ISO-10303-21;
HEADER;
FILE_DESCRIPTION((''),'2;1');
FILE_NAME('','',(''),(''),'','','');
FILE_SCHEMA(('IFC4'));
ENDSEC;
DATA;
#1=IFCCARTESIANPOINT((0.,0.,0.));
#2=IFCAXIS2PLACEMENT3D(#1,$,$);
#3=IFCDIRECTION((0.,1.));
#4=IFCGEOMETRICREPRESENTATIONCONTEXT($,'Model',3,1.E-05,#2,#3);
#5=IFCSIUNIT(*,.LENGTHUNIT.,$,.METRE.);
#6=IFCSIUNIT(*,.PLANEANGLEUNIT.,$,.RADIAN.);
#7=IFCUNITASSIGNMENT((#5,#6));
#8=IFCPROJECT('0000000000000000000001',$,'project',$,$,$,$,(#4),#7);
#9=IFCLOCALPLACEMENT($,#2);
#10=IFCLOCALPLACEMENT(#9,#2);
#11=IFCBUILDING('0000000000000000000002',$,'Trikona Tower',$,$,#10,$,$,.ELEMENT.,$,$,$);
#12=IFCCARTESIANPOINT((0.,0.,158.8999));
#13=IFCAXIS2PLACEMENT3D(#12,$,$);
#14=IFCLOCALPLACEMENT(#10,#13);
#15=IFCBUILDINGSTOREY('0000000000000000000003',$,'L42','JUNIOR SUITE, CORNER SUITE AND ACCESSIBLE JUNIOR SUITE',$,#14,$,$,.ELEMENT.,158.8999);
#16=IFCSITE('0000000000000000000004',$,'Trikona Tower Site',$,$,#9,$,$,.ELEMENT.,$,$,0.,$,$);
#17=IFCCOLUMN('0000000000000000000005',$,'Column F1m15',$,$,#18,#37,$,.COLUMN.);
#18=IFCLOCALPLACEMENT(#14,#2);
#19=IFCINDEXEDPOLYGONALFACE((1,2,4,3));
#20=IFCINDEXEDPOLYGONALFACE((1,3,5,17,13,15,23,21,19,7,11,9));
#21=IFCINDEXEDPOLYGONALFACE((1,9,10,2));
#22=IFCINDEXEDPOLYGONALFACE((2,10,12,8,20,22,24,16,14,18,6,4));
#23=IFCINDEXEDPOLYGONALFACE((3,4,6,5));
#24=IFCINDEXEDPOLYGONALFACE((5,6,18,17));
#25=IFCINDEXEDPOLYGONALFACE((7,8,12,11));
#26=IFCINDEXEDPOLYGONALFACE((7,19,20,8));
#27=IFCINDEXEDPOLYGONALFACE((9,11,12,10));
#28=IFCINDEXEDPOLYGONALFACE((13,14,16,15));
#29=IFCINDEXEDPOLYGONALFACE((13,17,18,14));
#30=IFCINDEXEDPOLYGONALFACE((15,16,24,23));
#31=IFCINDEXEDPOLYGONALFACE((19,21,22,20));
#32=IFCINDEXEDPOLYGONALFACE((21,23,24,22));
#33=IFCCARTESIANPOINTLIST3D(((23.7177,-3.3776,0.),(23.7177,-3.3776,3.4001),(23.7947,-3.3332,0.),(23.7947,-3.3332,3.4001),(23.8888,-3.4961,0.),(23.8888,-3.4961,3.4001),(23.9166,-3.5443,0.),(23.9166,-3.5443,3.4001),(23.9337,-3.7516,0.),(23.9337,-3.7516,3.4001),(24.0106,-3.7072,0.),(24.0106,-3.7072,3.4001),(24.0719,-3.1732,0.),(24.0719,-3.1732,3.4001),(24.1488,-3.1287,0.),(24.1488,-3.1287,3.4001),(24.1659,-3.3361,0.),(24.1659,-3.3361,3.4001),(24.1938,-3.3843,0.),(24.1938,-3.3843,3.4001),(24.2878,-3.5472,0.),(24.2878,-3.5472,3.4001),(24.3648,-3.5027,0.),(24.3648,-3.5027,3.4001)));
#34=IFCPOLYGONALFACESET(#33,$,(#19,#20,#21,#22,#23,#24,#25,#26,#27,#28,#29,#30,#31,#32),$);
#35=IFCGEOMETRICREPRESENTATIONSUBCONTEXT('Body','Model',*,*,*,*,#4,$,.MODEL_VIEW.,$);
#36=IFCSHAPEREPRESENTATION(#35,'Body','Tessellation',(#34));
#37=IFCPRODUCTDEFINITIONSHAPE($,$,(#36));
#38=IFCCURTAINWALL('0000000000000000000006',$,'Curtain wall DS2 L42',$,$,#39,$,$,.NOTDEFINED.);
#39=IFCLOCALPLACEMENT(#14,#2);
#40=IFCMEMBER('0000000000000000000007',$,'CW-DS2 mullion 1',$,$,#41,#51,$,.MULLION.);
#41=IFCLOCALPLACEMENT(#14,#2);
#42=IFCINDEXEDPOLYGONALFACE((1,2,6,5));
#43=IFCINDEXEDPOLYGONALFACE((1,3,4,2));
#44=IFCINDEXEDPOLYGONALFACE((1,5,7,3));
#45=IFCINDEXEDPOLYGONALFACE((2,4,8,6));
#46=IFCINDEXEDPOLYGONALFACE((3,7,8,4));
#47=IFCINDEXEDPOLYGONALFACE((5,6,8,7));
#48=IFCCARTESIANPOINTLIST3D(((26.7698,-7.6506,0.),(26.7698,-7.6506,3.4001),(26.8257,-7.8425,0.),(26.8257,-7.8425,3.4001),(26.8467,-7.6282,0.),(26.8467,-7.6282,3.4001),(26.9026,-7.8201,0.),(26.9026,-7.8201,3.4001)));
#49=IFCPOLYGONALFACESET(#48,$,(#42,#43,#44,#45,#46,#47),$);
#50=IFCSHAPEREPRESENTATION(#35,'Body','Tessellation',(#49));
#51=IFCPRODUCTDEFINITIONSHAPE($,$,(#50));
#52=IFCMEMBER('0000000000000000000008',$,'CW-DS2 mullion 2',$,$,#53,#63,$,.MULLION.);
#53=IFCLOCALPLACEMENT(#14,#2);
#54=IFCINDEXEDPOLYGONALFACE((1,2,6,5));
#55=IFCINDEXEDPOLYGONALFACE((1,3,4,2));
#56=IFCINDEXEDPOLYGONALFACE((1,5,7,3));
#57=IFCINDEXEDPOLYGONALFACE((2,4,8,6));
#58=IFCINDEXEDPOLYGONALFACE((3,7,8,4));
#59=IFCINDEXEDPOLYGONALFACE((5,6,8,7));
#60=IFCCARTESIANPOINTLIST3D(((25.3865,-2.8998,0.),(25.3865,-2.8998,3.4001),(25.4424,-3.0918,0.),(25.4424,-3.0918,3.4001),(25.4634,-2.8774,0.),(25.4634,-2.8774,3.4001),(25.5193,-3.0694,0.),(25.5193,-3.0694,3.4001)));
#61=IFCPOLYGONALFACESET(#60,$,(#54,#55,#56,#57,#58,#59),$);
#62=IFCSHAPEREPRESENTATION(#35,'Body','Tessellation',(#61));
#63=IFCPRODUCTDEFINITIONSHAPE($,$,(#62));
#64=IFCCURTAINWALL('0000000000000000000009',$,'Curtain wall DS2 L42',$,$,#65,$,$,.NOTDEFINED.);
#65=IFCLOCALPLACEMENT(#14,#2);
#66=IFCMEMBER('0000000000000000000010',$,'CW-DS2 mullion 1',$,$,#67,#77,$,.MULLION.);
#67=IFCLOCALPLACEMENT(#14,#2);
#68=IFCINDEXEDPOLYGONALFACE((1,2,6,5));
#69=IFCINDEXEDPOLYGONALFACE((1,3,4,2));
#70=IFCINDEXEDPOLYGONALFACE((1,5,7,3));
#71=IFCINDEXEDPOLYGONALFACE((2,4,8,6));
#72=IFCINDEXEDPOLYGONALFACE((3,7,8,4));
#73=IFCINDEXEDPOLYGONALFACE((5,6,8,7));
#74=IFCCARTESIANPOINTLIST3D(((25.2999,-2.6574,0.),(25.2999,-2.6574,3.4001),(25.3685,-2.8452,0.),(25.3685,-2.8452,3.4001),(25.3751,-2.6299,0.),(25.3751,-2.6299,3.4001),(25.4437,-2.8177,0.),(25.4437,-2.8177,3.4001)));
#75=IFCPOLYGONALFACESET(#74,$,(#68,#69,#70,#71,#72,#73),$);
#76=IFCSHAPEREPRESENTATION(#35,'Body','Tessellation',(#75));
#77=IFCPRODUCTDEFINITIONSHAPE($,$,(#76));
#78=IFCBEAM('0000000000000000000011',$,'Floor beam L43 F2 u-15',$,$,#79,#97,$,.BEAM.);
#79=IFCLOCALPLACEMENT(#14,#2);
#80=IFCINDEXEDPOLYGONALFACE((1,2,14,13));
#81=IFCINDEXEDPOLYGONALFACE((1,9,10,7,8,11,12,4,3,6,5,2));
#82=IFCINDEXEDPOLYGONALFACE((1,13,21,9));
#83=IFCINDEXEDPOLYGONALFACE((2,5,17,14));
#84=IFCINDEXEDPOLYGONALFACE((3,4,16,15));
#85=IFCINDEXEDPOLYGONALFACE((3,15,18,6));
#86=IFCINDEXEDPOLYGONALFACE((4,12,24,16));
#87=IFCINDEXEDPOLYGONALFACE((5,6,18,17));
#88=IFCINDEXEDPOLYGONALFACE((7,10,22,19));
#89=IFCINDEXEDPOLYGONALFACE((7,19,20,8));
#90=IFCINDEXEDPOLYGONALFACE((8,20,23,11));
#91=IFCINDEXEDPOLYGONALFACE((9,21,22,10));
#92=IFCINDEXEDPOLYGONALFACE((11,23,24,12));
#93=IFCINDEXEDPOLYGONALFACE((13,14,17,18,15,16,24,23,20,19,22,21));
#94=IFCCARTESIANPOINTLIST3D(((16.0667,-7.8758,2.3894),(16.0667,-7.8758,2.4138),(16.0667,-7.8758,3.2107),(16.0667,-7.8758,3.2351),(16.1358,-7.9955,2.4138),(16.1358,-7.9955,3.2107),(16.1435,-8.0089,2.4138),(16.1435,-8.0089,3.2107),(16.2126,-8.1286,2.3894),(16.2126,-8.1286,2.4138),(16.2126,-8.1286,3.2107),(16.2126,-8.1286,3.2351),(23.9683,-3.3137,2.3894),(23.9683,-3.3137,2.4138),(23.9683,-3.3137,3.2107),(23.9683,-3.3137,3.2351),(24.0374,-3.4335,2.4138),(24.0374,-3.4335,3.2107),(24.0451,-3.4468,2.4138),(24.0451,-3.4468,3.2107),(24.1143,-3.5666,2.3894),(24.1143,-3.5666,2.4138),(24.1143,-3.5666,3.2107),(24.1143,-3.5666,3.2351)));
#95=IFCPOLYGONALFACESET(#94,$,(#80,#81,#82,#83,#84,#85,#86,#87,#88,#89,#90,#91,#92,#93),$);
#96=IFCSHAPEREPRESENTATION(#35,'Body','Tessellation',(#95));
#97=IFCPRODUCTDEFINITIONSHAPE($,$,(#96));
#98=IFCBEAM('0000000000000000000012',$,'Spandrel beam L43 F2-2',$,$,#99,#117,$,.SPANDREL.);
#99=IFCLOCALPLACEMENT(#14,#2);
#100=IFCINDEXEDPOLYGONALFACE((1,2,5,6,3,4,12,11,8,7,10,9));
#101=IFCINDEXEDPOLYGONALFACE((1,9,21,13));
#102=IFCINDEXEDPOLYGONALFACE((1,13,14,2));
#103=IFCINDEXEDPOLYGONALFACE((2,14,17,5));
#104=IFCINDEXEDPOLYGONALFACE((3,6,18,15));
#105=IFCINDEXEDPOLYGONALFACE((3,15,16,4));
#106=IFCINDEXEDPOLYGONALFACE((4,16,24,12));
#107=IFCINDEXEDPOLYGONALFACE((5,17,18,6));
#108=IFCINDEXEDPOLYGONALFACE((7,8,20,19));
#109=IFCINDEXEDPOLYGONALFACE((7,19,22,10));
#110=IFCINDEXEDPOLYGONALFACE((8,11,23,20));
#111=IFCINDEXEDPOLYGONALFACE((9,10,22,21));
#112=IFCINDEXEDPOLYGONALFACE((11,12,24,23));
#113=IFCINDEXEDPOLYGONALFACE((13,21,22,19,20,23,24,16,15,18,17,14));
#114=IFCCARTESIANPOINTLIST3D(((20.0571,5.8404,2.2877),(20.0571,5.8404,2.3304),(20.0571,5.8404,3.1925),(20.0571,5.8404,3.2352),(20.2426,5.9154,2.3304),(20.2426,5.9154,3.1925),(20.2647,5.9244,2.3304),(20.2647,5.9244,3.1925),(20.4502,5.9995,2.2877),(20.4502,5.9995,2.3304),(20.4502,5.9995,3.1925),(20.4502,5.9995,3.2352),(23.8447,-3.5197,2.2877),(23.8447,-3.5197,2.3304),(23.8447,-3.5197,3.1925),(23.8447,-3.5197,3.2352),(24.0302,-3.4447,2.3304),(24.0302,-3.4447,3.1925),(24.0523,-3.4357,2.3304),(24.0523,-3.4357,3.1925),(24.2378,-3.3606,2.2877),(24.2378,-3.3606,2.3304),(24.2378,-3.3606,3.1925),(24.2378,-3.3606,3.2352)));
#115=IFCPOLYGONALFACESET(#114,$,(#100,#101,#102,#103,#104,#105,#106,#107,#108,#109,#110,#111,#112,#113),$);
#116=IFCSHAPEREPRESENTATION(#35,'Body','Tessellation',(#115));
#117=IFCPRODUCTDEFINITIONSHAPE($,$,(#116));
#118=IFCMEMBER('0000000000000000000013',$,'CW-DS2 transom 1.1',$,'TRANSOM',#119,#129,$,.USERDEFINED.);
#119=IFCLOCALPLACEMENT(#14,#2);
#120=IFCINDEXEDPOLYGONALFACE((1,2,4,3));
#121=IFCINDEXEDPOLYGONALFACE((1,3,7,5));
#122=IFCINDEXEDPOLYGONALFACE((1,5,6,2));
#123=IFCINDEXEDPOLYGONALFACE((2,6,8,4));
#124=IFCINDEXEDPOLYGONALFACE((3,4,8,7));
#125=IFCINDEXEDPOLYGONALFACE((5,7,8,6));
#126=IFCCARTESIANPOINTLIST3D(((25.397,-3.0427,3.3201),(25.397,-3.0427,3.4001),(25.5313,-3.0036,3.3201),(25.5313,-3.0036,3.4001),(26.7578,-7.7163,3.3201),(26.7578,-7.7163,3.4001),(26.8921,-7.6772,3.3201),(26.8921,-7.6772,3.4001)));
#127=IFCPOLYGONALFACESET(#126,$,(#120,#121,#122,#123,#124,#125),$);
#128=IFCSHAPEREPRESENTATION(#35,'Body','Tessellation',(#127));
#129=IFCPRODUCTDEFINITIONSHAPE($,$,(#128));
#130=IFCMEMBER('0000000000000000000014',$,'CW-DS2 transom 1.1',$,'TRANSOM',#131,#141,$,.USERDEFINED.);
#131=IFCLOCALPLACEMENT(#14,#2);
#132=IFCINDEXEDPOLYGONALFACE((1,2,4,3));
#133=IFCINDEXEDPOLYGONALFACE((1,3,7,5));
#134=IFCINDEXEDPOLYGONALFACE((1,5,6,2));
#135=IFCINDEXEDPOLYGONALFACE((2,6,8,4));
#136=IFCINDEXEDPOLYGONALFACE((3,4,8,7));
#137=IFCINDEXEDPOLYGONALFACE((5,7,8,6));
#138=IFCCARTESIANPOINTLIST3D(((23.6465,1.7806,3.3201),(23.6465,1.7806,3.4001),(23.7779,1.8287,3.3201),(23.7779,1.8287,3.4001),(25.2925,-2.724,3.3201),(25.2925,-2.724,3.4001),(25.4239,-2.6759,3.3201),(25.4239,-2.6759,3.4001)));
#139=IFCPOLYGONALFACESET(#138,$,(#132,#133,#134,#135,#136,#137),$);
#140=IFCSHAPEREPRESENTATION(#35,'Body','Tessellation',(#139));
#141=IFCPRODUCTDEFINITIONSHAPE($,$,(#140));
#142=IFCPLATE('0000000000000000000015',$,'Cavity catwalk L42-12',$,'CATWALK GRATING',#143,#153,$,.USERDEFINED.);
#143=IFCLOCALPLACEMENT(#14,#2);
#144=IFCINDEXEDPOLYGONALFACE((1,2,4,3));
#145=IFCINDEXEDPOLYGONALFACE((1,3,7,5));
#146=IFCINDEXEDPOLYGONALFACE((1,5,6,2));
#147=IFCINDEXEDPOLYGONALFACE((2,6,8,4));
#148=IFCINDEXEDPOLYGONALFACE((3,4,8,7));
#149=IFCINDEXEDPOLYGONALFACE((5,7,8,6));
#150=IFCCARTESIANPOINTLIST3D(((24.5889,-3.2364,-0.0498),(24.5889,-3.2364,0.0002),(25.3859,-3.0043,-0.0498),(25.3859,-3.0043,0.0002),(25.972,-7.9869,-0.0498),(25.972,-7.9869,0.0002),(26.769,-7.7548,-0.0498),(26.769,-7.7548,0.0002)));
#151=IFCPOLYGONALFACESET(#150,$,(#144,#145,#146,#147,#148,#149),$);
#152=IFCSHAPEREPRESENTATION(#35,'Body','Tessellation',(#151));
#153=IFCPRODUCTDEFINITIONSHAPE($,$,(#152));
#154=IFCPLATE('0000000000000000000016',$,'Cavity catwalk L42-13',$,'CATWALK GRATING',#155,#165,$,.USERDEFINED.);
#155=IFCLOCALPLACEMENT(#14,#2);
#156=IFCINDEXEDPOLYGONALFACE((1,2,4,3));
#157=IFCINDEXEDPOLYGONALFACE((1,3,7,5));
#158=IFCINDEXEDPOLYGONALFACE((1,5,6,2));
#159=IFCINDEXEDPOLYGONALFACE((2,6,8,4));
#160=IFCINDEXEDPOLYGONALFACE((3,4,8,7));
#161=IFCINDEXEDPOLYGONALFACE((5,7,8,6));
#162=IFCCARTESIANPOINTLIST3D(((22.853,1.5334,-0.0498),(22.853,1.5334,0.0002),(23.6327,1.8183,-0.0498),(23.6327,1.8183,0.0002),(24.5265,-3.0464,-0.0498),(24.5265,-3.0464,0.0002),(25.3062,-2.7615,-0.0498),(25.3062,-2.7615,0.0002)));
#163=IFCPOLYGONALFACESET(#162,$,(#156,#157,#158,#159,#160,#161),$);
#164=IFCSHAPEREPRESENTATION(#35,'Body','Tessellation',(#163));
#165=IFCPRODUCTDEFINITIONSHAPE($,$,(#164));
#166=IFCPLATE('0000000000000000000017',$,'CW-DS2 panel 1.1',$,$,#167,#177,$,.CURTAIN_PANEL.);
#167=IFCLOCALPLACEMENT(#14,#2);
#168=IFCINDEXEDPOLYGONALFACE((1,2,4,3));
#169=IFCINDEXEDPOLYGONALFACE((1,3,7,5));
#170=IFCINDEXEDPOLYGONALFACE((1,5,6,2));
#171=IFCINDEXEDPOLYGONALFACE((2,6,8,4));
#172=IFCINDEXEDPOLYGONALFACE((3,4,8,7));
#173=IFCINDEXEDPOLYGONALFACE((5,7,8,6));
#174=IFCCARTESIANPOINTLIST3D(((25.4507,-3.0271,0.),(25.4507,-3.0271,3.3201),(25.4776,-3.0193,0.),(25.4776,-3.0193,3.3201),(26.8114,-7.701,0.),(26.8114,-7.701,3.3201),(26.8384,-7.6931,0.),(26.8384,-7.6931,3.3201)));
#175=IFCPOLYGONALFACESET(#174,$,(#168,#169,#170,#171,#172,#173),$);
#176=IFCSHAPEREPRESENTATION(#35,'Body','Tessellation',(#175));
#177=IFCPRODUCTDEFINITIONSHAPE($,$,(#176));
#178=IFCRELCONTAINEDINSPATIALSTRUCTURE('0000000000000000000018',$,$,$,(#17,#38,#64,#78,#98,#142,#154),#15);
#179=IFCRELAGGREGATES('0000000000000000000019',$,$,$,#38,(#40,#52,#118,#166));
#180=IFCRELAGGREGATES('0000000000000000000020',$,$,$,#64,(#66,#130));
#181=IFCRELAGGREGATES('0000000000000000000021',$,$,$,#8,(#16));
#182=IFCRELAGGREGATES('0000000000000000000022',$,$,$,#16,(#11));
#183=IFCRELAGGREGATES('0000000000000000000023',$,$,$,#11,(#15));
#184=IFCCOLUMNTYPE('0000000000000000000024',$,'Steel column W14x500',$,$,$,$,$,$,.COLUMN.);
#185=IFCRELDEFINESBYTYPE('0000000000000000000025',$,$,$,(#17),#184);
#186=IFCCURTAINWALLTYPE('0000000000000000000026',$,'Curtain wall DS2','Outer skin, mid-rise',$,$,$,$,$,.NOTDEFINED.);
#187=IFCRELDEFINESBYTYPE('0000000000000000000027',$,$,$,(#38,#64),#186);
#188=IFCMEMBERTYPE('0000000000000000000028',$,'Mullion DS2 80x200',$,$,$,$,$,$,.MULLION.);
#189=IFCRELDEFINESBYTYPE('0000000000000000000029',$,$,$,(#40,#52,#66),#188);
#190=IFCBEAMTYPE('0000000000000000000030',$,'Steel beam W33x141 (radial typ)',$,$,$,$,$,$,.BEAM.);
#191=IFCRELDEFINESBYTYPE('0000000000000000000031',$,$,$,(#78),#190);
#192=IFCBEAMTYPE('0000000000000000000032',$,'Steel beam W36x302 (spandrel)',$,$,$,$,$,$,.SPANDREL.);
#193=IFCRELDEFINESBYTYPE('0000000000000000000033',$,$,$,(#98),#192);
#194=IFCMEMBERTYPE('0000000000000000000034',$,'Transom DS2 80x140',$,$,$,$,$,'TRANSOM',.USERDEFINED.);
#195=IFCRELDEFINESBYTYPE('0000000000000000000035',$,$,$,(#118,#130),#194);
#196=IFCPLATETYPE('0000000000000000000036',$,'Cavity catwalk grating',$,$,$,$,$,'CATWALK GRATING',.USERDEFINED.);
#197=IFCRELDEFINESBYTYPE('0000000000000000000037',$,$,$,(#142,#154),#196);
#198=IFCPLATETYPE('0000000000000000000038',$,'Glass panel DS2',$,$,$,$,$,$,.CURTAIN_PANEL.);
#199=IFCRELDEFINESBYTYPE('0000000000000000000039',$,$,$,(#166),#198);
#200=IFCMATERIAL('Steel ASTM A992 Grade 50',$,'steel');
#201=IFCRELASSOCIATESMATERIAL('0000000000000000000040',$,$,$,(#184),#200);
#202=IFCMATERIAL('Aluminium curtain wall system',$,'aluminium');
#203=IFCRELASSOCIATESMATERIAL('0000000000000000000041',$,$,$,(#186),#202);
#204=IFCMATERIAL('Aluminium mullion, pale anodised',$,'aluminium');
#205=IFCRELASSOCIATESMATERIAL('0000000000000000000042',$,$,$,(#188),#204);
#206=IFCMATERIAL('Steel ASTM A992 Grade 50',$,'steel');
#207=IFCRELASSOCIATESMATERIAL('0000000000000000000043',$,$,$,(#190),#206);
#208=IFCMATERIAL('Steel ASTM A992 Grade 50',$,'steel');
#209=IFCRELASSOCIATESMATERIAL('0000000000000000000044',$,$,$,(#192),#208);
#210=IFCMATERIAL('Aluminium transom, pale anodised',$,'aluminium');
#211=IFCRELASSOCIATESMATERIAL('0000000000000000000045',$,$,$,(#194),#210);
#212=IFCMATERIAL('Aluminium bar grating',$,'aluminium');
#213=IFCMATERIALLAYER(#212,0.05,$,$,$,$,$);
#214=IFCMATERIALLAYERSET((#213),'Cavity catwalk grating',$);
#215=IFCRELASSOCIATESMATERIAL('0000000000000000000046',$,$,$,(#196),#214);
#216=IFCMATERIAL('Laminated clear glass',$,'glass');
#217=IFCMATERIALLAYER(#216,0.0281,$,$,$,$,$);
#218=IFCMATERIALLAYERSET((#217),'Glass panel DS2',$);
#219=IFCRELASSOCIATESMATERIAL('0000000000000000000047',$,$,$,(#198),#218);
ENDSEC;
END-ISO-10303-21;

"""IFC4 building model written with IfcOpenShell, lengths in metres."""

from ifc_helpers import new_model, si_unit, direction, frame, origin, origin_2d, place, context, subcontext, project, spatial, rectangle, i_section, extrude, material, layer, layer_set, material_profile, profile_set, type_object, element, aggregate, save


model = new_model("IFC4")

# Units and contexts
model_context = context("Model", 3, precision=1e-05, world=origin(), true_north=direction((0.0, 1.0)))
body_context = subcontext(model_context, "Body", "Model", "MODEL_VIEW")
ifc_project = project(units=[si_unit("LENGTHUNIT", "METRE"), si_unit("PLANEANGLEUNIT", "RADIAN")], contexts=[model_context])

# Site, building, storey
site_placement = place(None, origin())
site = spatial("IfcSite", under=ifc_project, at=site_placement, Name="Trikona Tower Site", CompositionType="ELEMENT", RefElevation=0.0)
building_placement = place(site_placement, origin())
building = spatial("IfcBuilding", under=site, at=building_placement, Name="Trikona Tower", CompositionType="ELEMENT")
storey_placement = place(building_placement, frame((0.0, 0.0, 158.8999)))
storey = spatial("IfcBuildingStorey", under=building, at=storey_placement, Name="L42", Description="JUNIOR SUITE, CORNER SUITE AND ACCESSIBLE JUNIOR SUITE", CompositionType="ELEMENT", Elevation=158.8999)

# Column
ifc_material_1 = material(Name="Steel ASTM A992 Grade 50", Category="steel")
ifc_material_profile_1 = material_profile(ifc_material_1, i_section(OverallWidth=0.4319, OverallDepth=0.4978, WebThickness=0.0557, FlangeThickness=0.0889, at=origin_2d()), Name="W14X500")
ifc_profile_set_1 = profile_set([ifc_material_profile_1], Name="Steel ASTM A992 Grade 50")
column_type = type_object("IfcColumnType", Name="Steel column W14x500", PredefinedType="COLUMN", material=ifc_profile_set_1)
column_placement = place(storey_placement, frame((24.0413, -3.4402, 0.0), z_axis=(0.0, 0.0, 1.0), x_axis=(-0.5, 0.866025, 0.0)))
element("IfcColumn", 1, at=column_placement, inside=storey, type_object=column_type, Name="Column F1m15", PredefinedType="COLUMN", context=body_context, shape_type="SweptSolid", body=[
    extrude(i_section(OverallWidth=0.4319, OverallDepth=0.4978, WebThickness=0.0557, FlangeThickness=0.0889, at=origin_2d()), origin(), (0.0, 0.0, 1.0), 3.4001),
])

# Curtain wall, members
ifc_material_2 = material(Name="Aluminium curtain wall system", Category="aluminium")
curtain_wall_type = type_object("IfcCurtainWallType", Name="Curtain wall DS2", Description="Outer skin, mid-rise", PredefinedType="NOTDEFINED", material=ifc_material_2)
curtain_wall_1_placement = place(storey_placement, origin())
curtain_wall_1 = element("IfcCurtainWall", 2, at=curtain_wall_1_placement, inside=storey, type_object=curtain_wall_type, Name="Curtain wall DS2 L42", PredefinedType="NOTDEFINED")
ifc_material_3 = material(Name="Aluminium mullion, pale anodised", Category="aluminium")
ifc_material_profile_2 = material_profile(ifc_material_3, rectangle(XDim=0.0801, YDim=0.2, at=origin_2d()), Name="MUL-DS2")
ifc_profile_set_2 = profile_set([ifc_material_profile_2], Name="Aluminium mullion, pale anodised")
member_type_1 = type_object("IfcMemberType", Name="Mullion DS2 80x200", PredefinedType="MULLION", material=ifc_profile_set_2)
member_1_placement = place(storey_placement, frame((26.8362, -7.7354, 0.0), z_axis=(0.0, 0.0, 1.0), x_axis=(-0.960133, -0.279543, 0.0)))
member_1 = element("IfcMember", 3, at=member_1_placement, type_object=member_type_1, Name="CW-DS2 mullion 1", PredefinedType="MULLION", context=body_context, shape_type="SweptSolid", body=[
    extrude(rectangle(XDim=0.0801, YDim=0.2, at=origin_2d()), origin(), (0.0, 0.0, 1.0), 3.4001),
])
member_2_placement = place(storey_placement, frame((25.4529, -2.9846, 0.0), z_axis=(0.0, 0.0, 1.0), x_axis=(-0.960133, -0.279543, 0.0)))
member_2 = element("IfcMember", 4, at=member_2_placement, type_object=member_type_1, Name="CW-DS2 mullion 2", PredefinedType="MULLION", context=body_context, shape_type="SweptSolid", body=[
    extrude(rectangle(XDim=0.0801, YDim=0.2, at=origin_2d()), origin(), (0.0, 0.0, 1.0), 3.4001),
])

# Curtain wall, member
curtain_wall_2_placement = place(storey_placement, origin())
curtain_wall_2 = element("IfcCurtainWall", 5, at=curtain_wall_2_placement, inside=storey, type_object=curtain_wall_type, Name="Curtain wall DS2 L42", PredefinedType="NOTDEFINED")
member_3_placement = place(storey_placement, frame((25.3718, -2.7375, 0.0), z_axis=(0.0, 0.0, 1.0), x_axis=(-0.939254, -0.343223, 0.0)))
member_3 = element("IfcMember", 6, at=member_3_placement, type_object=member_type_1, Name="CW-DS2 mullion 1", PredefinedType="MULLION", context=body_context, shape_type="SweptSolid", body=[
    extrude(rectangle(XDim=0.0801, YDim=0.2, at=origin_2d()), origin(), (0.0, 0.0, 1.0), 3.4001),
])

# Beams
ifc_material_4 = material(Name="Steel ASTM A992 Grade 50", Category="steel")
ifc_material_profile_3 = material_profile(ifc_material_4, i_section(OverallWidth=0.292, OverallDepth=0.8457, WebThickness=0.0154, FlangeThickness=0.0244, at=origin_2d()), Name="W33X141")
ifc_profile_set_3 = profile_set([ifc_material_profile_3], Name="Steel ASTM A992 Grade 50")
beam_type_1 = type_object("IfcBeamType", Name="Steel beam W33x141 (radial typ)", PredefinedType="BEAM", material=ifc_profile_set_3)
beam_1_placement = place(storey_placement, frame((16.1396, -8.0022, 2.8123), z_axis=(0.866025, 0.500001, 0.0), x_axis=(-0.500001, 0.866025, 0.0)))
element("IfcBeam", 7, at=beam_1_placement, inside=storey, type_object=beam_type_1, Name="Floor beam L43 F2 u-15", PredefinedType="BEAM", context=body_context, shape_type="SweptSolid", body=[
    extrude(i_section(OverallWidth=0.292, OverallDepth=0.8457, WebThickness=0.0154, FlangeThickness=0.0244, at=origin_2d()), origin(), (0.0, 0.0, 1.0), 9.124),
])
ifc_material_5 = material(Name="Steel ASTM A992 Grade 50", Category="steel")
ifc_material_profile_4 = material_profile(ifc_material_5, i_section(OverallWidth=0.4241, OverallDepth=0.9475, WebThickness=0.0239, FlangeThickness=0.0427, at=origin_2d()), Name="W36X302")
ifc_profile_set_4 = profile_set([ifc_material_profile_4], Name="Steel ASTM A992 Grade 50")
beam_type_2 = type_object("IfcBeamType", Name="Steel beam W36x302 (spandrel)", PredefinedType="SPANDREL", material=ifc_profile_set_4)
beam_2_placement = place(storey_placement, frame((24.0413, -3.4402, 2.7615), z_axis=(-0.375106, 0.926982, 0.0), x_axis=(-0.926982, -0.375106, 0.0)))
element("IfcBeam", 8, at=beam_2_placement, inside=storey, type_object=beam_type_2, Name="Spandrel beam L43 F2-2", PredefinedType="SPANDREL", context=body_context, shape_type="SweptSolid", body=[
    extrude(i_section(OverallWidth=0.4241, OverallDepth=0.9475, WebThickness=0.0239, FlangeThickness=0.0427, at=origin_2d()), origin(), (0.0, 0.0, 1.0), 10.0974),
])

# Members
ifc_material_6 = material(Name="Aluminium transom, pale anodised", Category="aluminium")
ifc_material_profile_5 = material_profile(ifc_material_6, rectangle(XDim=0.1399, YDim=0.0801, at=origin_2d()), Name="TRN-DS2")
ifc_profile_set_5 = profile_set([ifc_material_profile_5], Name="Aluminium transom, pale anodised")
member_type_2 = type_object("IfcMemberType", Name="Transom DS2 80x140", ElementType="TRANSOM", PredefinedType="USERDEFINED", material=ifc_profile_set_5)
member_4_placement = place(storey_placement, frame((26.825, -7.6968, 3.3601), z_axis=(-0.279567, 0.960126, 0.0), x_axis=(-0.960126, -0.279567, 0.0)))
member_4 = element("IfcMember", 9, at=member_4_placement, type_object=member_type_2, Name="CW-DS2 transom 1.1", ObjectType="TRANSOM", PredefinedType="USERDEFINED", context=body_context, shape_type="SweptSolid", body=[
    extrude(rectangle(XDim=0.1399, YDim=0.0801, at=origin_2d()), origin(), (0.0, 0.0, 1.0), 4.8677),
])
member_5_placement = place(storey_placement, frame((25.3582, -2.7, 3.3601), z_axis=(-0.343206, 0.93926, 0.0), x_axis=(-0.93926, -0.343206, 0.0)))
member_5 = element("IfcMember", 10, at=member_5_placement, type_object=member_type_2, Name="CW-DS2 transom 1.1", ObjectType="TRANSOM", PredefinedType="USERDEFINED", context=body_context, shape_type="SweptSolid", body=[
    extrude(rectangle(XDim=0.1399, YDim=0.0801, at=origin_2d()), origin(), (0.0, 0.0, 1.0), 4.7959),
])

# Plates
ifc_material_7 = material(Name="Aluminium bar grating", Category="aluminium")
ifc_layer_1 = layer(ifc_material_7, 0.05)
ifc_layer_set_1 = layer_set([ifc_layer_1], Name="Cavity catwalk grating")
plate_type_1 = type_object("IfcPlateType", Name="Cavity catwalk grating", ElementType="CATWALK GRATING", PredefinedType="USERDEFINED", material=ifc_layer_set_1)
plate_1_placement = place(storey_placement, frame((25.679, -5.4956, -0.0498), z_axis=(0.0, 0.0, 1.0), x_axis=(-0.279554, 0.96013, 0.0)))
element("IfcPlate", 11, at=plate_1_placement, inside=storey, type_object=plate_type_1, Name="Cavity catwalk L42-12", ObjectType="CATWALK GRATING", PredefinedType="USERDEFINED", context=body_context, shape_type="SweptSolid", body=[
    extrude(rectangle(XDim=4.9478, YDim=0.8301, at=origin_2d()), origin(), (0.0, 0.0, 1.0), 0.05),
])
plate_2_placement = place(storey_placement, frame((24.0796, -0.614, -0.0498), z_axis=(0.0, 0.0, 1.0), x_axis=(-0.34322, 0.939255, 0.0)))
element("IfcPlate", 12, at=plate_2_placement, inside=storey, type_object=plate_type_1, Name="Cavity catwalk L42-13", ObjectType="CATWALK GRATING", PredefinedType="USERDEFINED", context=body_context, shape_type="SweptSolid", body=[
    extrude(rectangle(XDim=4.876, YDim=0.8301, at=origin_2d()), origin(), (0.0, 0.0, 1.0), 0.05),
])

# Plate
ifc_material_8 = material(Name="Laminated clear glass", Category="glass")
ifc_layer_2 = layer(ifc_material_8, 0.0281)
ifc_layer_set_2 = layer_set([ifc_layer_2], Name="Glass panel DS2")
plate_type_2 = type_object("IfcPlateType", Name="Glass panel DS2", PredefinedType="CURTAIN_PANEL", material=ifc_layer_set_2)
plate_3_placement = place(storey_placement, frame((26.1445, -5.3601, 0.0), z_axis=(0.0, 0.0, 1.0), x_axis=(-0.279543, 0.960133, 0.0)))
plate_3 = element("IfcPlate", 13, at=plate_3_placement, type_object=plate_type_2, Name="CW-DS2 panel 1.1", PredefinedType="CURTAIN_PANEL", context=body_context, shape_type="SweptSolid", body=[
    extrude(rectangle(XDim=4.8679, YDim=0.0281, at=origin_2d()), origin(), (0.0, 0.0, 1.0), 3.3201),
])
aggregate(curtain_wall_1, [member_1, member_2, member_4, plate_3])
aggregate(curtain_wall_2, [member_3, member_5])

save(model, "model.ifc")
